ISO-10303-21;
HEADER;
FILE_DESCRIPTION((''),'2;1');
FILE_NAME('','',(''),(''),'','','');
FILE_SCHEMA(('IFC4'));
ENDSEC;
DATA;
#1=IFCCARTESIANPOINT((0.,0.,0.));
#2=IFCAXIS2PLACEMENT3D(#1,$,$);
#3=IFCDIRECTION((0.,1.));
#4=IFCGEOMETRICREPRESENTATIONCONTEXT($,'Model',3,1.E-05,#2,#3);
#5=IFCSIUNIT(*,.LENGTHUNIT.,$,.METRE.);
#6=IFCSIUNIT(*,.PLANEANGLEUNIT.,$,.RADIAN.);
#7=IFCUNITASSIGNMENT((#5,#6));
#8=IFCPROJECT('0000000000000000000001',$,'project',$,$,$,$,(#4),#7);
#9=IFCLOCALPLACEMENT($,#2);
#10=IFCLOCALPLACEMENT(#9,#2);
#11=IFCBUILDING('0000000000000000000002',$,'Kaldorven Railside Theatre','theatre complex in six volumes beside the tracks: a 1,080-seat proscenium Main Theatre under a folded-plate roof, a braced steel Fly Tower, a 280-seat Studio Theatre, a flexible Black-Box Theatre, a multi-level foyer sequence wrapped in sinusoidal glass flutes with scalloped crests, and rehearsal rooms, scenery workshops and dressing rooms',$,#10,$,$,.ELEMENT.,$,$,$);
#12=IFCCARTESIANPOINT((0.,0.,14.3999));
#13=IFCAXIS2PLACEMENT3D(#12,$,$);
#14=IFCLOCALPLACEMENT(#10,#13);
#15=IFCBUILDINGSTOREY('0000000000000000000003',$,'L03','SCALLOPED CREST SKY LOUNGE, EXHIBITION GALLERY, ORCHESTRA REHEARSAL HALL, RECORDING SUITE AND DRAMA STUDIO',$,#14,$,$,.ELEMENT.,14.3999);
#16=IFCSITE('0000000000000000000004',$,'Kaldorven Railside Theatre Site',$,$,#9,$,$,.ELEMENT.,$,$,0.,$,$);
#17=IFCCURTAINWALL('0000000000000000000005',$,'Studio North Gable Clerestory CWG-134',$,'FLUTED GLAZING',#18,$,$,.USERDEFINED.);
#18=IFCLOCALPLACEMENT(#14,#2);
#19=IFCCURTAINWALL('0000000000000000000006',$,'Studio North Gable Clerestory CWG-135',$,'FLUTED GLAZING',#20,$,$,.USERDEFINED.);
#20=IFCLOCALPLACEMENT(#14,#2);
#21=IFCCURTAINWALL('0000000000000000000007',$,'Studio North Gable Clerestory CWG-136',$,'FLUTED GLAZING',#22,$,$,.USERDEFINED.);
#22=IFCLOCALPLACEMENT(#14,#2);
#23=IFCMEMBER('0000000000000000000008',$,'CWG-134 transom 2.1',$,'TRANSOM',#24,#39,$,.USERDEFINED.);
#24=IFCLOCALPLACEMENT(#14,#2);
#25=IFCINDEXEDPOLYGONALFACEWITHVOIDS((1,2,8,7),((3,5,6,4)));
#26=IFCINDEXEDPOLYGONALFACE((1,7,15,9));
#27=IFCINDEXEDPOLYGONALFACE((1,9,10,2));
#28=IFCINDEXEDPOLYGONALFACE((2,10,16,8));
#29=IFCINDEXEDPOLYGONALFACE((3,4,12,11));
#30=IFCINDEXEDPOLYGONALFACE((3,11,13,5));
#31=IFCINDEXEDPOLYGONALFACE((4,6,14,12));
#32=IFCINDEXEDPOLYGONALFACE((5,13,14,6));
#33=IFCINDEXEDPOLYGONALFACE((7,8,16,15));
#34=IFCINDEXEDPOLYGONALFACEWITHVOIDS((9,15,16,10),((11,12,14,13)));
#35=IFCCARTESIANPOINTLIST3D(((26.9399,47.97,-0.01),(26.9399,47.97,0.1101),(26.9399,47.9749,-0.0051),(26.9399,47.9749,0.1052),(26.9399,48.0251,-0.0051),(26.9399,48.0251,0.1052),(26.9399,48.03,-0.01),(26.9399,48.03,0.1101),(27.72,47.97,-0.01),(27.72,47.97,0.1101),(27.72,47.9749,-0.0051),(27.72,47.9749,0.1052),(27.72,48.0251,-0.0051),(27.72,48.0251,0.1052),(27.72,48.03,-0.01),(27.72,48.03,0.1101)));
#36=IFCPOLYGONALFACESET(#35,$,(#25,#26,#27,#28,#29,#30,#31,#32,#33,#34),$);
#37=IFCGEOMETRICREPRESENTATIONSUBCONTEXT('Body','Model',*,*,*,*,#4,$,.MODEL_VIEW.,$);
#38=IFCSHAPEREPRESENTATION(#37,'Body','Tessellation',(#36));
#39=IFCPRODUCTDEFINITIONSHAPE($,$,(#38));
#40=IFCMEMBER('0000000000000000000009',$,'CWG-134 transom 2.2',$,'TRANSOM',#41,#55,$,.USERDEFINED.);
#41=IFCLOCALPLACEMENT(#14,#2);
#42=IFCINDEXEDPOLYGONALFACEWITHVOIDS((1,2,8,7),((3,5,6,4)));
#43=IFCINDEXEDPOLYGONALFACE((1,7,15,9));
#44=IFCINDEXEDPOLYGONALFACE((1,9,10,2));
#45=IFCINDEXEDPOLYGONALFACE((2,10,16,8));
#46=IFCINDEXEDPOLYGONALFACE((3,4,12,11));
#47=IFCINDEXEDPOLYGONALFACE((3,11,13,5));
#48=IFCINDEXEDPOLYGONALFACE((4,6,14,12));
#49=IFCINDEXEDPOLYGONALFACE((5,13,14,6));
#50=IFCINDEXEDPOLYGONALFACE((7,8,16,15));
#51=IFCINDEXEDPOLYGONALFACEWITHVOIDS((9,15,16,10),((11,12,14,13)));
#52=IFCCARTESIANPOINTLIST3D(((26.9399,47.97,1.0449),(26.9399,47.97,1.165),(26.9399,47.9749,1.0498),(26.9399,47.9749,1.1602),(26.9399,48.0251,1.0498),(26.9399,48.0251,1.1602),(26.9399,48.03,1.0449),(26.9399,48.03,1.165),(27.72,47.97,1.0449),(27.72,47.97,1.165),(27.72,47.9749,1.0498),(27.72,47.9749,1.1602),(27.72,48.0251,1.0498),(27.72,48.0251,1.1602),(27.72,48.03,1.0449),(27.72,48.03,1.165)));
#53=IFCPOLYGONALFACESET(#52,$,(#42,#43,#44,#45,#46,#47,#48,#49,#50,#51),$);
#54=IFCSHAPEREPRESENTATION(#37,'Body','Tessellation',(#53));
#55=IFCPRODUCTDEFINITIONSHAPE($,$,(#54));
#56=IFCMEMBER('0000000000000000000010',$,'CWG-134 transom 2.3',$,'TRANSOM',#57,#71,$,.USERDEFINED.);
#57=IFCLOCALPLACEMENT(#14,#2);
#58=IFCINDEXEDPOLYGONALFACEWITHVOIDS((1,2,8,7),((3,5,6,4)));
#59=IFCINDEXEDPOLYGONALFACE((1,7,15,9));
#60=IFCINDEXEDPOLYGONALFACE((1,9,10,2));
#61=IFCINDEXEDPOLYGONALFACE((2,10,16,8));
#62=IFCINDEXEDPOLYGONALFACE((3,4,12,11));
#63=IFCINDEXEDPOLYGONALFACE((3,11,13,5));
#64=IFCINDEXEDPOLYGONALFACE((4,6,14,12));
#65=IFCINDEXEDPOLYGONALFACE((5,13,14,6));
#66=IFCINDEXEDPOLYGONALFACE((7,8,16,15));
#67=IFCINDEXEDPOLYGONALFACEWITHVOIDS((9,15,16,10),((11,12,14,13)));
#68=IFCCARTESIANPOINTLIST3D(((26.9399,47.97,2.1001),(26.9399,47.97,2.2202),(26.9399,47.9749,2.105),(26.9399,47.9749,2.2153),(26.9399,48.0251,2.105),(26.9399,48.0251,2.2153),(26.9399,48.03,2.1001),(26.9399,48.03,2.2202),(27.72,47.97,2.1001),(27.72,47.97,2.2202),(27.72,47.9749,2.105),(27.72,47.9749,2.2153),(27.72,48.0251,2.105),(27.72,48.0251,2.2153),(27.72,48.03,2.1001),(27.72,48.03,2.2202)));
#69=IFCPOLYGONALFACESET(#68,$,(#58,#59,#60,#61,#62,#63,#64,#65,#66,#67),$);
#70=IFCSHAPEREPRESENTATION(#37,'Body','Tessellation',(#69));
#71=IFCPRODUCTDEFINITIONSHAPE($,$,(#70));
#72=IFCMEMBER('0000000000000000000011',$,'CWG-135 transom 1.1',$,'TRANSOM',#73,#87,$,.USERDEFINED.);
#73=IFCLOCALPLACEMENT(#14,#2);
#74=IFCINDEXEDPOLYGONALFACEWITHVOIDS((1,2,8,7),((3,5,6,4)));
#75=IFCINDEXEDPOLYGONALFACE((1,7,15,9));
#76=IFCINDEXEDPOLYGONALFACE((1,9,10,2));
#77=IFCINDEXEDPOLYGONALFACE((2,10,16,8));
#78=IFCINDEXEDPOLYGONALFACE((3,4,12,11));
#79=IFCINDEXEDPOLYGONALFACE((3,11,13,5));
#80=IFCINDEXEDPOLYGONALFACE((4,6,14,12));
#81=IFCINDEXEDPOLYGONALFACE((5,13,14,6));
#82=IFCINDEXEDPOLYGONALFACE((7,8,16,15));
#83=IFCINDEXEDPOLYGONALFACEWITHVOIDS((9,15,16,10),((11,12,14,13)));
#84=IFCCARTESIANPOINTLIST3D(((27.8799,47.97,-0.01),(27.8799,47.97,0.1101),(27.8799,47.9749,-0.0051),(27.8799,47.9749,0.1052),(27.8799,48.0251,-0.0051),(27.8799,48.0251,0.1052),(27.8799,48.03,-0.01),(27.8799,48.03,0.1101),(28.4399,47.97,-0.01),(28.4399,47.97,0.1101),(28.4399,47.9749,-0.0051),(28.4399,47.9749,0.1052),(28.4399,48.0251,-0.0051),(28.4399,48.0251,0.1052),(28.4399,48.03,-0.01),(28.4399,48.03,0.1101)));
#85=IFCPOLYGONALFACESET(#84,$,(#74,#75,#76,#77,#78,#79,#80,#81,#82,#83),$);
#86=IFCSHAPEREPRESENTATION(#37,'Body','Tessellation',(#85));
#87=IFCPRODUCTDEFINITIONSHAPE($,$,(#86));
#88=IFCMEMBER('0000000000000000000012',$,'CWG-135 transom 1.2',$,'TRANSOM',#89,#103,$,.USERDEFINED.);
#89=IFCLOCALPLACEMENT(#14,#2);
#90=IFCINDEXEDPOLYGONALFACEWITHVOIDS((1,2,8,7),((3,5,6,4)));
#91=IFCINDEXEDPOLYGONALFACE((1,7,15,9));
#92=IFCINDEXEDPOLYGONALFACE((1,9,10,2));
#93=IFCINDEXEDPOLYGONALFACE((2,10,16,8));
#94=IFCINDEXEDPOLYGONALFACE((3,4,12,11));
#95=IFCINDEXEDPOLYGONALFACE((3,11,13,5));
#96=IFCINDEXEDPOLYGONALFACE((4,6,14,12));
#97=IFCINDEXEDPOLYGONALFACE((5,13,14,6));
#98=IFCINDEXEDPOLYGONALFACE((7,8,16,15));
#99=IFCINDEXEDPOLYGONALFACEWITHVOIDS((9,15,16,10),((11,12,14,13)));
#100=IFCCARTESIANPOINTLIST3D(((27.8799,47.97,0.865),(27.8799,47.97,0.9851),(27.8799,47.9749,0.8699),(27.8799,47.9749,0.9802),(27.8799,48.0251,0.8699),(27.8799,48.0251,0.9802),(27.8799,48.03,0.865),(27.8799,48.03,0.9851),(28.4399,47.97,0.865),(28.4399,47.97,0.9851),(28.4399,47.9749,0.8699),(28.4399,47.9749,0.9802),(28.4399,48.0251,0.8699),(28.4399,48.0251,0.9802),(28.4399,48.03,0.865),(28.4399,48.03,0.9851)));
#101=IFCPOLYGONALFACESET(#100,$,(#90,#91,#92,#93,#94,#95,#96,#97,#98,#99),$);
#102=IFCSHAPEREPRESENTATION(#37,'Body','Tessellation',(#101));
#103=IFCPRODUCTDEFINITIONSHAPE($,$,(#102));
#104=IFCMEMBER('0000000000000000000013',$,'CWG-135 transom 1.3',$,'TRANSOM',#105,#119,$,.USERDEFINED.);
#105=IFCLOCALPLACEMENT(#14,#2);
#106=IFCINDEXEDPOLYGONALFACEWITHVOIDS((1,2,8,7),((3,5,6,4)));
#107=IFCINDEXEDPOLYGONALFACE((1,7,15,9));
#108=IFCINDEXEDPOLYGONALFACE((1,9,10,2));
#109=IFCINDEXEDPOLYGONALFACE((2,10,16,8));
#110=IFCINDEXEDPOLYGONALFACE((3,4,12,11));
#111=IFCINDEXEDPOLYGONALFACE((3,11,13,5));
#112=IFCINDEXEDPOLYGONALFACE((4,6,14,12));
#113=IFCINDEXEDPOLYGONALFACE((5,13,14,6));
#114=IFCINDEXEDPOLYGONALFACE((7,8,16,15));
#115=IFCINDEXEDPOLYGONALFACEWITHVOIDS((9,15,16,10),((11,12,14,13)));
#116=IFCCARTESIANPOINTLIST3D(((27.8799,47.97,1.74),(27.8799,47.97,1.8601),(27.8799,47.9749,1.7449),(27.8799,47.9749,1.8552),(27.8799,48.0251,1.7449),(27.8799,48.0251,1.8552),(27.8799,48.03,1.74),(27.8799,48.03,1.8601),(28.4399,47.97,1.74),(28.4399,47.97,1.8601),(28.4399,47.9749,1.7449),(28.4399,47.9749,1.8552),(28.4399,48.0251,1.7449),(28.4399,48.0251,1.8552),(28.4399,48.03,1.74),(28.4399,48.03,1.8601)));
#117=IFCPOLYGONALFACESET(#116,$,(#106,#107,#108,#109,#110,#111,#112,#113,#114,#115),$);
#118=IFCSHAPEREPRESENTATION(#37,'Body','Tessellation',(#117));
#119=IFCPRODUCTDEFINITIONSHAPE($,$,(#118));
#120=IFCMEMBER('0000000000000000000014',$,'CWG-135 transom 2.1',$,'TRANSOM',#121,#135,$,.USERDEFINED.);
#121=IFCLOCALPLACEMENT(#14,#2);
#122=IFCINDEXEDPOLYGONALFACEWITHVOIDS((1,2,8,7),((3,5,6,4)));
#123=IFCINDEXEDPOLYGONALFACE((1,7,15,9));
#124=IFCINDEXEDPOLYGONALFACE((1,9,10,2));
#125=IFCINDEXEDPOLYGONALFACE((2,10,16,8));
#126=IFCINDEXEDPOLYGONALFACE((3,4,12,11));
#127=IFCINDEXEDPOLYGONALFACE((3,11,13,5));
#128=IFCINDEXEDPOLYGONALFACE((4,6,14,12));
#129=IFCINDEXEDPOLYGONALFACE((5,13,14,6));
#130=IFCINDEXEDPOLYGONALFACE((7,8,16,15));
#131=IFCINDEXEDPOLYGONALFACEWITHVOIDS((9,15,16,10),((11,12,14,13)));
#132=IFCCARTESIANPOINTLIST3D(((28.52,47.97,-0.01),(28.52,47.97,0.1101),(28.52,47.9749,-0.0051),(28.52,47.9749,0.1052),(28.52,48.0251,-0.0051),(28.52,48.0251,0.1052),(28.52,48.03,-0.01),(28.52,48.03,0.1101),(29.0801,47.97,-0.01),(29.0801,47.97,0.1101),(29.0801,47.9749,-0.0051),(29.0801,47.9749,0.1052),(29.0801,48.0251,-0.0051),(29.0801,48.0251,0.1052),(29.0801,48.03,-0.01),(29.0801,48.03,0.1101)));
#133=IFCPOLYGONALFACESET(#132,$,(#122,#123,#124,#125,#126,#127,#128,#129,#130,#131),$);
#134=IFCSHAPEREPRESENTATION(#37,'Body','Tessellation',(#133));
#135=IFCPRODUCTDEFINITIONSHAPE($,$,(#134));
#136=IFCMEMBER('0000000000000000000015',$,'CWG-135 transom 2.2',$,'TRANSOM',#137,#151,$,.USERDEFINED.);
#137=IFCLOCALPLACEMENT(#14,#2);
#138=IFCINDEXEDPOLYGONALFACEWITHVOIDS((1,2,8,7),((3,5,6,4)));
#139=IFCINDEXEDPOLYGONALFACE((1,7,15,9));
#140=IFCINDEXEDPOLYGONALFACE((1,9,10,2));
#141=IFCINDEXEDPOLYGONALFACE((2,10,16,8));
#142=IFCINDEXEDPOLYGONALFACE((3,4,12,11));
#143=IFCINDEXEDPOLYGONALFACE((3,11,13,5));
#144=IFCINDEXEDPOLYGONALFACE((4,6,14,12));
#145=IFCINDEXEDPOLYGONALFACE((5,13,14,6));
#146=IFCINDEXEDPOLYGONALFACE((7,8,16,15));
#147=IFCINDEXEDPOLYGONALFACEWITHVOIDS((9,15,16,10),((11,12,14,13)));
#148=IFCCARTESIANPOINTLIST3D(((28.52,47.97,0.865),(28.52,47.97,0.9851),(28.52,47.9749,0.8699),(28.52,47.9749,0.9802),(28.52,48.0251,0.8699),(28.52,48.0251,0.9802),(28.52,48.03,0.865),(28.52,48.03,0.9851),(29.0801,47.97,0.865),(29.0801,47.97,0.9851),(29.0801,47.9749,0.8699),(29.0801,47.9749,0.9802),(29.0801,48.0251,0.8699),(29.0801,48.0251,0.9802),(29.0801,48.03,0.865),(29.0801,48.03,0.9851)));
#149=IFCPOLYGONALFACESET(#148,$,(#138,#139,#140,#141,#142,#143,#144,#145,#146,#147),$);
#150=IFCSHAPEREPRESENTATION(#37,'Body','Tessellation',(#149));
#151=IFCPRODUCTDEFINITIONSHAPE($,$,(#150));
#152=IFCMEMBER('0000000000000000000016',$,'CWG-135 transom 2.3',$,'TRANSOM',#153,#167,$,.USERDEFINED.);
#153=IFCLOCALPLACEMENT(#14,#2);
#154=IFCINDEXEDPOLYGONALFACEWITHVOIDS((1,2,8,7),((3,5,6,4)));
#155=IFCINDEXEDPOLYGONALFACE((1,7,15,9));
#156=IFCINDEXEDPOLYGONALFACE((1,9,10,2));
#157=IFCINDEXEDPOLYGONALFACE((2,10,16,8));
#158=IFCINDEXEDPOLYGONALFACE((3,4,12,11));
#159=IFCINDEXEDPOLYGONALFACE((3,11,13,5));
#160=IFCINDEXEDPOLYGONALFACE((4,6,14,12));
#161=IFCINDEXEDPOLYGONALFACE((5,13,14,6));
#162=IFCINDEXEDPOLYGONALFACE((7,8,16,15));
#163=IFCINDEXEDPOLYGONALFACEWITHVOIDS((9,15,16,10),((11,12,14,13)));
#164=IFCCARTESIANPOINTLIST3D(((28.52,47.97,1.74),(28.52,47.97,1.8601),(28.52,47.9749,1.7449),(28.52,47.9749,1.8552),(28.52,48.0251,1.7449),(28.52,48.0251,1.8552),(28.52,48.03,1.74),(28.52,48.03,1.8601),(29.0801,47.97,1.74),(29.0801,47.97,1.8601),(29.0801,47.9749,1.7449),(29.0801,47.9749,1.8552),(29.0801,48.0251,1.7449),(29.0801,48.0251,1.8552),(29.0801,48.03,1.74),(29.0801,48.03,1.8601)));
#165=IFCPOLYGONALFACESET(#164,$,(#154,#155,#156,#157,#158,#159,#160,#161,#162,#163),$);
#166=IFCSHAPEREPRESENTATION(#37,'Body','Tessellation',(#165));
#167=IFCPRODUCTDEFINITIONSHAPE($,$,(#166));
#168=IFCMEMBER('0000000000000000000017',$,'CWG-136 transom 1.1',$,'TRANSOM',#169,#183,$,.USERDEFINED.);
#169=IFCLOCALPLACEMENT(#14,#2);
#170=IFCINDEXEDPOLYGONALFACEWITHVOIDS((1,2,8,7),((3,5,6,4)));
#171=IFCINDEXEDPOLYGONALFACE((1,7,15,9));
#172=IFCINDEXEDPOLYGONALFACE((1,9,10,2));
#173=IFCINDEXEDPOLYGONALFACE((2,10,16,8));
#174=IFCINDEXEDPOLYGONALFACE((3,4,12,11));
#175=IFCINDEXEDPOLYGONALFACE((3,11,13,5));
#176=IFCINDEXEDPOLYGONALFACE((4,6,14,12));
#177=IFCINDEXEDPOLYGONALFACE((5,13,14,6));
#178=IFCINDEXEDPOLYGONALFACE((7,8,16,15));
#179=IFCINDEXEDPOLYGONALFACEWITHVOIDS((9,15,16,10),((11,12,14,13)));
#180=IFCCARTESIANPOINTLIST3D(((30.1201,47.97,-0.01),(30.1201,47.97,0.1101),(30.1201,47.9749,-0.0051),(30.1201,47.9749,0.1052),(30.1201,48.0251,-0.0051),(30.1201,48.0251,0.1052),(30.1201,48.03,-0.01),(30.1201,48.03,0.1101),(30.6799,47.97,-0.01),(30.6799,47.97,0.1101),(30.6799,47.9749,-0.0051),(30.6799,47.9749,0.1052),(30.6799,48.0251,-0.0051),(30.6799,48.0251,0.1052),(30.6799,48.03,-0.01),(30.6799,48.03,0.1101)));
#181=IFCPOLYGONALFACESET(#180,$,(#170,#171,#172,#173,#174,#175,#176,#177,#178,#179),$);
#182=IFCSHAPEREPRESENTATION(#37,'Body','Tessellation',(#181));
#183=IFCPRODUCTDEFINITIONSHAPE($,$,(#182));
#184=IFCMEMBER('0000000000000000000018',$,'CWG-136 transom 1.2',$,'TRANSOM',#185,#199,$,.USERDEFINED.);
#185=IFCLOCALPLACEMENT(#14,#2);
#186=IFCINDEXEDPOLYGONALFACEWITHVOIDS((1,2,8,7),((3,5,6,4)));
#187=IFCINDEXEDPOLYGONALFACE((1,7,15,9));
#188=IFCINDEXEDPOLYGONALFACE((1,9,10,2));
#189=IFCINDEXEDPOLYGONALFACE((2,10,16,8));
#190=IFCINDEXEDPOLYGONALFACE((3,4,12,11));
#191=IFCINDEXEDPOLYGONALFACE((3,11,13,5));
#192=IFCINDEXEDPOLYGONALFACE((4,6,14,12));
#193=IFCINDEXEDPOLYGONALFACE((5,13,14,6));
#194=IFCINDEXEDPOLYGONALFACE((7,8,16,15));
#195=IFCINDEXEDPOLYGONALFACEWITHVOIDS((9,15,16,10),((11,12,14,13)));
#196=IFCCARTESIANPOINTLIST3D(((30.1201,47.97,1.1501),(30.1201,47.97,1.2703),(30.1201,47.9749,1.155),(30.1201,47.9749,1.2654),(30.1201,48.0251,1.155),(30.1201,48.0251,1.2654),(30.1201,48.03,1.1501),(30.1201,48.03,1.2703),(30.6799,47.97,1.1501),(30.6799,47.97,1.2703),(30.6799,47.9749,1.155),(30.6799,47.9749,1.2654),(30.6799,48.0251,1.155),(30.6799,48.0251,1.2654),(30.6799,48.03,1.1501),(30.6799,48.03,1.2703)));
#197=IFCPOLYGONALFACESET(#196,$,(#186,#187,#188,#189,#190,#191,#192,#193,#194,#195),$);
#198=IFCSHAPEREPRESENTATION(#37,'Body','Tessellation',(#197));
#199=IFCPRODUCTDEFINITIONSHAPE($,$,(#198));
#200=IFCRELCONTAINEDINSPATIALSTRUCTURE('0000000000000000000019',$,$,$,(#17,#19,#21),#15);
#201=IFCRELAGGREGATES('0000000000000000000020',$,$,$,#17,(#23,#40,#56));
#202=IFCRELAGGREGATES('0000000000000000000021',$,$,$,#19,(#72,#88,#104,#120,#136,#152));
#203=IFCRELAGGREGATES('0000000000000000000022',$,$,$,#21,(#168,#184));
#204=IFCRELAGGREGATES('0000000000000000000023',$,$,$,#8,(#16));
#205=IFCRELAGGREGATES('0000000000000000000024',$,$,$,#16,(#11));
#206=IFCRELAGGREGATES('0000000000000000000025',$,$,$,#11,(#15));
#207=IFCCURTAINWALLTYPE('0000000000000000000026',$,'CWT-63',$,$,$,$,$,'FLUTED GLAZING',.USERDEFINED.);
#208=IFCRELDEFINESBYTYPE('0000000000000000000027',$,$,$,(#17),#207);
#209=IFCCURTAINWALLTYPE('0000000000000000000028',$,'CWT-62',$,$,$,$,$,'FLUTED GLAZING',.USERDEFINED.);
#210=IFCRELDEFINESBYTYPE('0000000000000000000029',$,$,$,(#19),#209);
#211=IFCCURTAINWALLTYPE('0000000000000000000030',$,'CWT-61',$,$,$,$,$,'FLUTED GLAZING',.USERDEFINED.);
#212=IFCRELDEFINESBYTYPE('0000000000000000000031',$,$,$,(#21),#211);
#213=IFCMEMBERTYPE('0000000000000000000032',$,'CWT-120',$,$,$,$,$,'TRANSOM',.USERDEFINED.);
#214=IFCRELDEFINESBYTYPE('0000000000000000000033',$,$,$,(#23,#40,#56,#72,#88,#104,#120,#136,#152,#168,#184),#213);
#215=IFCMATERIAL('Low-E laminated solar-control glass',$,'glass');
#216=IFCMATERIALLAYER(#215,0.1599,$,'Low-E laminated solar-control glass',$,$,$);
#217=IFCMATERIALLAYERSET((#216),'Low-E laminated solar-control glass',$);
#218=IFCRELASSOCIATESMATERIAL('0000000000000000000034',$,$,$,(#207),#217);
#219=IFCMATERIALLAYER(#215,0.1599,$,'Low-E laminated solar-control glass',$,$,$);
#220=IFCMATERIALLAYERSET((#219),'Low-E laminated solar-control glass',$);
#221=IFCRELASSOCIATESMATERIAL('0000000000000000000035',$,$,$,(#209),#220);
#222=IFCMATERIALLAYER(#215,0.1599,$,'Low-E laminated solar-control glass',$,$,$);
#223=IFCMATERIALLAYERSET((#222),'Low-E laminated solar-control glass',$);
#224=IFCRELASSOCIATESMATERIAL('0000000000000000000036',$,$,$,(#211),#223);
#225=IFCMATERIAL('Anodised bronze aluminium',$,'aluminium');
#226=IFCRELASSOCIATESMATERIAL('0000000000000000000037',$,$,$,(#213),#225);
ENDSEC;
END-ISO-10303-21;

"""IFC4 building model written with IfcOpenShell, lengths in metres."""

from ifc_helpers import new_model, si_unit, direction, frame, origin, origin_2d, place, context, subcontext, project, spatial, hollow_rectangle, extrude, material, layer, layer_set, material_profile, profile_set, type_object, element, aggregate, save


model = new_model("IFC4")

# Units and contexts
model_context = context("Model", 3, precision=1e-05, world=origin(), true_north=direction((0.0, 1.0)))
body_context = subcontext(model_context, "Body", "Model", "MODEL_VIEW")
ifc_project = project(units=[si_unit("LENGTHUNIT", "METRE"), si_unit("PLANEANGLEUNIT", "RADIAN")], contexts=[model_context])

# Site, building, storey
site_placement = place(None, origin())
site = spatial("IfcSite", under=ifc_project, at=site_placement, Name="Kaldorven Railside Theatre Site", CompositionType="ELEMENT", RefElevation=0.0)
building_placement = place(site_placement, origin())
building = spatial("IfcBuilding", under=site, at=building_placement, Name="Kaldorven Railside Theatre", Description="theatre complex in six volumes beside the tracks: a 1,080-seat proscenium Main Theatre under a folded-plate roof, a braced steel Fly Tower, a 280-seat Studio Theatre, a flexible Black-Box Theatre, a multi-level foyer sequence wrapped in sinusoidal glass flutes with scalloped crests, and rehearsal rooms, scenery workshops and dressing rooms", CompositionType="ELEMENT")
storey_placement = place(building_placement, frame((0.0, 0.0, 14.3999)))
storey = spatial("IfcBuildingStorey", under=building, at=storey_placement, Name="L03", Description="SCALLOPED CREST SKY LOUNGE, EXHIBITION GALLERY, ORCHESTRA REHEARSAL HALL, RECORDING SUITE AND DRAMA STUDIO", CompositionType="ELEMENT", Elevation=14.3999)

# Curtain walls
ifc_material_1 = material(Name="Low-E laminated solar-control glass", Category="glass")
ifc_layer_1 = layer(ifc_material_1, 0.1599, Name="Low-E laminated solar-control glass")
ifc_layer_set_1 = layer_set([ifc_layer_1], Name="Low-E laminated solar-control glass")
curtain_wall_type_1 = type_object("IfcCurtainWallType", Name="CWT-63", ElementType="FLUTED GLAZING", PredefinedType="USERDEFINED", material=ifc_layer_set_1)
curtain_wall_1_placement = place(storey_placement, origin())
curtain_wall_1 = element("IfcCurtainWall", 1, at=curtain_wall_1_placement, inside=storey, type_object=curtain_wall_type_1, Name="Studio North Gable Clerestory CWG-134", ObjectType="FLUTED GLAZING", PredefinedType="USERDEFINED")
ifc_material_2 = material(Name="Anodised bronze aluminium", Category="aluminium")
ifc_layer_2 = layer(ifc_material_1, 0.1599, Name="Low-E laminated solar-control glass")
ifc_layer_set_2 = layer_set([ifc_layer_2], Name="Low-E laminated solar-control glass")
curtain_wall_type_2 = type_object("IfcCurtainWallType", Name="CWT-62", ElementType="FLUTED GLAZING", PredefinedType="USERDEFINED", material=ifc_layer_set_2)
curtain_wall_2_placement = place(storey_placement, origin())
curtain_wall_2 = element("IfcCurtainWall", 2, at=curtain_wall_2_placement, inside=storey, type_object=curtain_wall_type_2, Name="Studio North Gable Clerestory CWG-135", ObjectType="FLUTED GLAZING", PredefinedType="USERDEFINED")
ifc_layer_3 = layer(ifc_material_1, 0.1599, Name="Low-E laminated solar-control glass")
ifc_layer_set_3 = layer_set([ifc_layer_3], Name="Low-E laminated solar-control glass")
curtain_wall_type_3 = type_object("IfcCurtainWallType", Name="CWT-61", ElementType="FLUTED GLAZING", PredefinedType="USERDEFINED", material=ifc_layer_set_3)
curtain_wall_3_placement = place(storey_placement, origin())
curtain_wall_3 = element("IfcCurtainWall", 3, at=curtain_wall_3_placement, inside=storey, type_object=curtain_wall_type_3, Name="Studio North Gable Clerestory CWG-136", ObjectType="FLUTED GLAZING", PredefinedType="USERDEFINED")

# Members
ifc_material_profile_1 = material_profile(ifc_material_2, hollow_rectangle(XDim=0.0601, YDim=0.1201, WallThickness=0.0049, at=origin_2d()), Name="RHS 120x60x5")
ifc_profile_set_1 = profile_set([ifc_material_profile_1], Name="Anodised bronze aluminium")
member_type_1 = type_object("IfcMemberType", Name="CWT-120", ElementType="TRANSOM", PredefinedType="USERDEFINED", material=ifc_profile_set_1)
member_1_placement = place(storey_placement, frame((26.9399, 48.0, 0.05), z_axis=(1.0, 0.0, 0.0), x_axis=(0.0, 1.0, 0.0)))
member_1 = element("IfcMember", 4, at=member_1_placement, type_object=member_type_1, Name="CWG-134 transom 2.1", ObjectType="TRANSOM", PredefinedType="USERDEFINED", context=body_context, shape_type="SweptSolid", body=[
    extrude(hollow_rectangle(XDim=0.0601, YDim=0.1201, WallThickness=0.0049, at=origin_2d()), origin(), (0.0, 0.0, 1.0), 0.78),
])
member_2_placement = place(storey_placement, frame((26.9399, 48.0, 1.105), z_axis=(1.0, 0.0, 0.0), x_axis=(0.0, 1.0, 0.0)))
member_2 = element("IfcMember", 5, at=member_2_placement, type_object=member_type_1, Name="CWG-134 transom 2.2", ObjectType="TRANSOM", PredefinedType="USERDEFINED", context=body_context, shape_type="SweptSolid", body=[
    extrude(hollow_rectangle(XDim=0.0601, YDim=0.1201, WallThickness=0.0049, at=origin_2d()), origin(), (0.0, 0.0, 1.0), 0.78),
])
member_3_placement = place(storey_placement, frame((26.9399, 48.0, 2.1602), z_axis=(1.0, 0.0, 0.0), x_axis=(0.0, 1.0, 0.0)))
member_3 = element("IfcMember", 6, at=member_3_placement, type_object=member_type_1, Name="CWG-134 transom 2.3", ObjectType="TRANSOM", PredefinedType="USERDEFINED", context=body_context, shape_type="SweptSolid", body=[
    extrude(hollow_rectangle(XDim=0.0601, YDim=0.1201, WallThickness=0.0049, at=origin_2d()), origin(), (0.0, 0.0, 1.0), 0.78),
])
member_4_placement = place(storey_placement, frame((27.8799, 48.0, 0.05), z_axis=(1.0, 0.0, 0.0), x_axis=(0.0, 1.0, 0.0)))
member_4 = element("IfcMember", 7, at=member_4_placement, type_object=member_type_1, Name="CWG-135 transom 1.1", ObjectType="TRANSOM", PredefinedType="USERDEFINED", context=body_context, shape_type="SweptSolid", body=[
    extrude(hollow_rectangle(XDim=0.0601, YDim=0.1201, WallThickness=0.0049, at=origin_2d()), origin(), (0.0, 0.0, 1.0), 0.5601),
])
member_5_placement = place(storey_placement, frame((27.8799, 48.0, 0.925), z_axis=(1.0, 0.0, 0.0), x_axis=(0.0, 1.0, 0.0)))
member_5 = element("IfcMember", 8, at=member_5_placement, type_object=member_type_1, Name="CWG-135 transom 1.2", ObjectType="TRANSOM", PredefinedType="USERDEFINED", context=body_context, shape_type="SweptSolid", body=[
    extrude(hollow_rectangle(XDim=0.0601, YDim=0.1201, WallThickness=0.0049, at=origin_2d()), origin(), (0.0, 0.0, 1.0), 0.5601),
])
member_6_placement = place(storey_placement, frame((27.8799, 48.0, 1.8), z_axis=(1.0, 0.0, 0.0), x_axis=(0.0, 1.0, 0.0)))
member_6 = element("IfcMember", 9, at=member_6_placement, type_object=member_type_1, Name="CWG-135 transom 1.3", ObjectType="TRANSOM", PredefinedType="USERDEFINED", context=body_context, shape_type="SweptSolid", body=[
    extrude(hollow_rectangle(XDim=0.0601, YDim=0.1201, WallThickness=0.0049, at=origin_2d()), origin(), (0.0, 0.0, 1.0), 0.5601),
])
member_7_placement = place(storey_placement, frame((28.52, 48.0, 0.05), z_axis=(1.0, 0.0, 0.0), x_axis=(0.0, 1.0, 0.0)))
member_7 = element("IfcMember", 10, at=member_7_placement, type_object=member_type_1, Name="CWG-135 transom 2.1", ObjectType="TRANSOM", PredefinedType="USERDEFINED", context=body_context, shape_type="SweptSolid", body=[
    extrude(hollow_rectangle(XDim=0.0601, YDim=0.1201, WallThickness=0.0049, at=origin_2d()), origin(), (0.0, 0.0, 1.0), 0.5601),
])
member_8_placement = place(storey_placement, frame((28.52, 48.0, 0.925), z_axis=(1.0, 0.0, 0.0), x_axis=(0.0, 1.0, 0.0)))
member_8 = element("IfcMember", 11, at=member_8_placement, type_object=member_type_1, Name="CWG-135 transom 2.2", ObjectType="TRANSOM", PredefinedType="USERDEFINED", context=body_context, shape_type="SweptSolid", body=[
    extrude(hollow_rectangle(XDim=0.0601, YDim=0.1201, WallThickness=0.0049, at=origin_2d()), origin(), (0.0, 0.0, 1.0), 0.5601),
])
member_9_placement = place(storey_placement, frame((28.52, 48.0, 1.8), z_axis=(1.0, 0.0, 0.0), x_axis=(0.0, 1.0, 0.0)))
member_9 = element("IfcMember", 12, at=member_9_placement, type_object=member_type_1, Name="CWG-135 transom 2.3", ObjectType="TRANSOM", PredefinedType="USERDEFINED", context=body_context, shape_type="SweptSolid", body=[
    extrude(hollow_rectangle(XDim=0.0601, YDim=0.1201, WallThickness=0.0049, at=origin_2d()), origin(), (0.0, 0.0, 1.0), 0.5601),
])
member_10_placement = place(storey_placement, frame((30.1201, 48.0, 0.05), z_axis=(1.0, 0.0, 0.0), x_axis=(0.0, 1.0, 0.0)))
member_10 = element("IfcMember", 13, at=member_10_placement, type_object=member_type_1, Name="CWG-136 transom 1.1", ObjectType="TRANSOM", PredefinedType="USERDEFINED", context=body_context, shape_type="SweptSolid", body=[
    extrude(hollow_rectangle(XDim=0.0601, YDim=0.1201, WallThickness=0.0049, at=origin_2d()), origin(), (0.0, 0.0, 1.0), 0.5598),
])
member_11_placement = place(storey_placement, frame((30.1201, 48.0, 1.2102), z_axis=(1.0, 0.0, 0.0), x_axis=(0.0, 1.0, 0.0)))
member_11 = element("IfcMember", 14, at=member_11_placement, type_object=member_type_1, Name="CWG-136 transom 1.2", ObjectType="TRANSOM", PredefinedType="USERDEFINED", context=body_context, shape_type="SweptSolid", body=[
    extrude(hollow_rectangle(XDim=0.0601, YDim=0.1201, WallThickness=0.0049, at=origin_2d()), origin(), (0.0, 0.0, 1.0), 0.5598),
])

aggregate(curtain_wall_1, [member_1, member_2, member_3])
aggregate(curtain_wall_2, [member_4, member_5, member_6, member_7, member_8, member_9])
aggregate(curtain_wall_3, [member_10, member_11])

save(model, "model.ifc")
